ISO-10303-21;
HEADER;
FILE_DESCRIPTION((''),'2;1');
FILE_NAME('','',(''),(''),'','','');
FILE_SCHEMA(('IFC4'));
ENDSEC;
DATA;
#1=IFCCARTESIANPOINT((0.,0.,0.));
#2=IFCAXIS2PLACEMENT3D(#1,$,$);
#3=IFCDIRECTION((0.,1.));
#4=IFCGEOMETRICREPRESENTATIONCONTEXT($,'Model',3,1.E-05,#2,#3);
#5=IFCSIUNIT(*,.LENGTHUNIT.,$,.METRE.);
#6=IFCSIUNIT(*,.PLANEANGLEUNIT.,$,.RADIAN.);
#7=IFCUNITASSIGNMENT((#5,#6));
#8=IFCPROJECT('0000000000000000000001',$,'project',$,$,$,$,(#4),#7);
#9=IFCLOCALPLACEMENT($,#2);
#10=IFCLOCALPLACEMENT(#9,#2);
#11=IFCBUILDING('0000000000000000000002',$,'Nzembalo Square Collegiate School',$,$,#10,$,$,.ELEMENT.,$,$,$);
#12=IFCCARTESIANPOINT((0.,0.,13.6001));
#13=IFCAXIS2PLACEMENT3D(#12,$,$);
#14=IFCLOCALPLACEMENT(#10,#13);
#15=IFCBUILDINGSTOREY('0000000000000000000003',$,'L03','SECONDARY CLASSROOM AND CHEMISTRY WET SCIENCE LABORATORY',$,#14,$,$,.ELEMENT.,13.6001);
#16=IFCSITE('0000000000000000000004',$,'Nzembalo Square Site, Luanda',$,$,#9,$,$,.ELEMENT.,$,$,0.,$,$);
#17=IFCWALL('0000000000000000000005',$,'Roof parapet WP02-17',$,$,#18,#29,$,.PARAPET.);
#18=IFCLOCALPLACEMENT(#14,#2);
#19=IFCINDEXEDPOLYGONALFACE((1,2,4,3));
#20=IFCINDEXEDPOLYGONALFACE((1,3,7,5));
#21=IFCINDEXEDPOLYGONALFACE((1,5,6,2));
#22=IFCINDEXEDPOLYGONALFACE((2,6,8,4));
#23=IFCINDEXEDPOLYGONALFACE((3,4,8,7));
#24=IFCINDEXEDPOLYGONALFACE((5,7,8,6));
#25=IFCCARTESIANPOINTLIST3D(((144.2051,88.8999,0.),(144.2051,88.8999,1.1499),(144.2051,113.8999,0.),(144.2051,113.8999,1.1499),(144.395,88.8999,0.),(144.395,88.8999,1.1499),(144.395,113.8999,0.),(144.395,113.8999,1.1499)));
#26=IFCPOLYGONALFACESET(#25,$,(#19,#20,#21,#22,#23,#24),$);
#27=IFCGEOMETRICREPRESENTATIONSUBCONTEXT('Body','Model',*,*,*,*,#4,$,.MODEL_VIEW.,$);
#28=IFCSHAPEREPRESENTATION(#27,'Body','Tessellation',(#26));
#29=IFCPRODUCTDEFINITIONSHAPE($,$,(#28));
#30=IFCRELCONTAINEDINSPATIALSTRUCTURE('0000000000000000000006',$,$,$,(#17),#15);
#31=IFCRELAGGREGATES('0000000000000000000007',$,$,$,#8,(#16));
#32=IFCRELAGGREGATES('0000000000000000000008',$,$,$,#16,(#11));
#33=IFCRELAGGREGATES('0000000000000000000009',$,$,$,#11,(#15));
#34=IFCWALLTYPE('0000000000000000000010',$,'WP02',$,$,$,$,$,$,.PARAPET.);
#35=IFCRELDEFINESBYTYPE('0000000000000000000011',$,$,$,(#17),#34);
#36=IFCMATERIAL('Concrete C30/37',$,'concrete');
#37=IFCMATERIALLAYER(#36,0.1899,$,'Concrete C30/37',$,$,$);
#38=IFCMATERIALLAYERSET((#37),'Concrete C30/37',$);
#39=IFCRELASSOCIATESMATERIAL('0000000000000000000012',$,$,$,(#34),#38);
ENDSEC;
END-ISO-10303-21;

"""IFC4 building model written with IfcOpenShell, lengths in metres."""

from ifc_helpers import new_model, si_unit, direction, frame, frame_2d, origin, place, context, subcontext, project, spatial, rectangle, extrude, material, layer, layer_set, type_object, element, save


model = new_model("IFC4")

# Units and contexts
model_context = context("Model", 3, precision=1e-05, world=origin(), true_north=direction((0.0, 1.0)))
body_context = subcontext(model_context, "Body", "Model", "MODEL_VIEW")
ifc_project = project(units=[si_unit("LENGTHUNIT", "METRE"), si_unit("PLANEANGLEUNIT", "RADIAN")], contexts=[model_context])

# Site, building, storey
site_placement = place(None, origin())
site = spatial("IfcSite", under=ifc_project, at=site_placement, Name="Nzembalo Square Site, Luanda", CompositionType="ELEMENT", RefElevation=0.0)
building_placement = place(site_placement, origin())
building = spatial("IfcBuilding", under=site, at=building_placement, Name="Nzembalo Square Collegiate School", CompositionType="ELEMENT")
storey_placement = place(building_placement, frame((0.0, 0.0, 13.6001)))
storey = spatial("IfcBuildingStorey", under=building, at=storey_placement, Name="L03", Description="SECONDARY CLASSROOM AND CHEMISTRY WET SCIENCE LABORATORY", CompositionType="ELEMENT", Elevation=13.6001)

# Wall
ifc_material_1 = material(Name="Concrete C30/37", Category="concrete")
ifc_layer_1 = layer(ifc_material_1, 0.1899, Name="Concrete C30/37")
ifc_layer_set_1 = layer_set([ifc_layer_1], Name="Concrete C30/37")
wall_type_1 = type_object("IfcWallType", Name="WP02", PredefinedType="PARAPET", material=ifc_layer_set_1)
wall_1_placement = place(storey_placement, frame((144.3, 113.8999, 0.0), z_axis=(0.0, 0.0, 1.0), x_axis=(0.0, -1.0, 0.0)))
element("IfcWall", 1, at=wall_1_placement, inside=storey, type_object=wall_type_1, Name="Roof parapet WP02-17", PredefinedType="PARAPET", context=body_context, shape_type="SweptSolid", body=[
    extrude(rectangle(XDim=25.0, YDim=0.1899, at=frame_2d((12.5, 0.0))), origin(), (0.0, 0.0, 1.0), 1.1499),
])

save(model, "model.ifc")
